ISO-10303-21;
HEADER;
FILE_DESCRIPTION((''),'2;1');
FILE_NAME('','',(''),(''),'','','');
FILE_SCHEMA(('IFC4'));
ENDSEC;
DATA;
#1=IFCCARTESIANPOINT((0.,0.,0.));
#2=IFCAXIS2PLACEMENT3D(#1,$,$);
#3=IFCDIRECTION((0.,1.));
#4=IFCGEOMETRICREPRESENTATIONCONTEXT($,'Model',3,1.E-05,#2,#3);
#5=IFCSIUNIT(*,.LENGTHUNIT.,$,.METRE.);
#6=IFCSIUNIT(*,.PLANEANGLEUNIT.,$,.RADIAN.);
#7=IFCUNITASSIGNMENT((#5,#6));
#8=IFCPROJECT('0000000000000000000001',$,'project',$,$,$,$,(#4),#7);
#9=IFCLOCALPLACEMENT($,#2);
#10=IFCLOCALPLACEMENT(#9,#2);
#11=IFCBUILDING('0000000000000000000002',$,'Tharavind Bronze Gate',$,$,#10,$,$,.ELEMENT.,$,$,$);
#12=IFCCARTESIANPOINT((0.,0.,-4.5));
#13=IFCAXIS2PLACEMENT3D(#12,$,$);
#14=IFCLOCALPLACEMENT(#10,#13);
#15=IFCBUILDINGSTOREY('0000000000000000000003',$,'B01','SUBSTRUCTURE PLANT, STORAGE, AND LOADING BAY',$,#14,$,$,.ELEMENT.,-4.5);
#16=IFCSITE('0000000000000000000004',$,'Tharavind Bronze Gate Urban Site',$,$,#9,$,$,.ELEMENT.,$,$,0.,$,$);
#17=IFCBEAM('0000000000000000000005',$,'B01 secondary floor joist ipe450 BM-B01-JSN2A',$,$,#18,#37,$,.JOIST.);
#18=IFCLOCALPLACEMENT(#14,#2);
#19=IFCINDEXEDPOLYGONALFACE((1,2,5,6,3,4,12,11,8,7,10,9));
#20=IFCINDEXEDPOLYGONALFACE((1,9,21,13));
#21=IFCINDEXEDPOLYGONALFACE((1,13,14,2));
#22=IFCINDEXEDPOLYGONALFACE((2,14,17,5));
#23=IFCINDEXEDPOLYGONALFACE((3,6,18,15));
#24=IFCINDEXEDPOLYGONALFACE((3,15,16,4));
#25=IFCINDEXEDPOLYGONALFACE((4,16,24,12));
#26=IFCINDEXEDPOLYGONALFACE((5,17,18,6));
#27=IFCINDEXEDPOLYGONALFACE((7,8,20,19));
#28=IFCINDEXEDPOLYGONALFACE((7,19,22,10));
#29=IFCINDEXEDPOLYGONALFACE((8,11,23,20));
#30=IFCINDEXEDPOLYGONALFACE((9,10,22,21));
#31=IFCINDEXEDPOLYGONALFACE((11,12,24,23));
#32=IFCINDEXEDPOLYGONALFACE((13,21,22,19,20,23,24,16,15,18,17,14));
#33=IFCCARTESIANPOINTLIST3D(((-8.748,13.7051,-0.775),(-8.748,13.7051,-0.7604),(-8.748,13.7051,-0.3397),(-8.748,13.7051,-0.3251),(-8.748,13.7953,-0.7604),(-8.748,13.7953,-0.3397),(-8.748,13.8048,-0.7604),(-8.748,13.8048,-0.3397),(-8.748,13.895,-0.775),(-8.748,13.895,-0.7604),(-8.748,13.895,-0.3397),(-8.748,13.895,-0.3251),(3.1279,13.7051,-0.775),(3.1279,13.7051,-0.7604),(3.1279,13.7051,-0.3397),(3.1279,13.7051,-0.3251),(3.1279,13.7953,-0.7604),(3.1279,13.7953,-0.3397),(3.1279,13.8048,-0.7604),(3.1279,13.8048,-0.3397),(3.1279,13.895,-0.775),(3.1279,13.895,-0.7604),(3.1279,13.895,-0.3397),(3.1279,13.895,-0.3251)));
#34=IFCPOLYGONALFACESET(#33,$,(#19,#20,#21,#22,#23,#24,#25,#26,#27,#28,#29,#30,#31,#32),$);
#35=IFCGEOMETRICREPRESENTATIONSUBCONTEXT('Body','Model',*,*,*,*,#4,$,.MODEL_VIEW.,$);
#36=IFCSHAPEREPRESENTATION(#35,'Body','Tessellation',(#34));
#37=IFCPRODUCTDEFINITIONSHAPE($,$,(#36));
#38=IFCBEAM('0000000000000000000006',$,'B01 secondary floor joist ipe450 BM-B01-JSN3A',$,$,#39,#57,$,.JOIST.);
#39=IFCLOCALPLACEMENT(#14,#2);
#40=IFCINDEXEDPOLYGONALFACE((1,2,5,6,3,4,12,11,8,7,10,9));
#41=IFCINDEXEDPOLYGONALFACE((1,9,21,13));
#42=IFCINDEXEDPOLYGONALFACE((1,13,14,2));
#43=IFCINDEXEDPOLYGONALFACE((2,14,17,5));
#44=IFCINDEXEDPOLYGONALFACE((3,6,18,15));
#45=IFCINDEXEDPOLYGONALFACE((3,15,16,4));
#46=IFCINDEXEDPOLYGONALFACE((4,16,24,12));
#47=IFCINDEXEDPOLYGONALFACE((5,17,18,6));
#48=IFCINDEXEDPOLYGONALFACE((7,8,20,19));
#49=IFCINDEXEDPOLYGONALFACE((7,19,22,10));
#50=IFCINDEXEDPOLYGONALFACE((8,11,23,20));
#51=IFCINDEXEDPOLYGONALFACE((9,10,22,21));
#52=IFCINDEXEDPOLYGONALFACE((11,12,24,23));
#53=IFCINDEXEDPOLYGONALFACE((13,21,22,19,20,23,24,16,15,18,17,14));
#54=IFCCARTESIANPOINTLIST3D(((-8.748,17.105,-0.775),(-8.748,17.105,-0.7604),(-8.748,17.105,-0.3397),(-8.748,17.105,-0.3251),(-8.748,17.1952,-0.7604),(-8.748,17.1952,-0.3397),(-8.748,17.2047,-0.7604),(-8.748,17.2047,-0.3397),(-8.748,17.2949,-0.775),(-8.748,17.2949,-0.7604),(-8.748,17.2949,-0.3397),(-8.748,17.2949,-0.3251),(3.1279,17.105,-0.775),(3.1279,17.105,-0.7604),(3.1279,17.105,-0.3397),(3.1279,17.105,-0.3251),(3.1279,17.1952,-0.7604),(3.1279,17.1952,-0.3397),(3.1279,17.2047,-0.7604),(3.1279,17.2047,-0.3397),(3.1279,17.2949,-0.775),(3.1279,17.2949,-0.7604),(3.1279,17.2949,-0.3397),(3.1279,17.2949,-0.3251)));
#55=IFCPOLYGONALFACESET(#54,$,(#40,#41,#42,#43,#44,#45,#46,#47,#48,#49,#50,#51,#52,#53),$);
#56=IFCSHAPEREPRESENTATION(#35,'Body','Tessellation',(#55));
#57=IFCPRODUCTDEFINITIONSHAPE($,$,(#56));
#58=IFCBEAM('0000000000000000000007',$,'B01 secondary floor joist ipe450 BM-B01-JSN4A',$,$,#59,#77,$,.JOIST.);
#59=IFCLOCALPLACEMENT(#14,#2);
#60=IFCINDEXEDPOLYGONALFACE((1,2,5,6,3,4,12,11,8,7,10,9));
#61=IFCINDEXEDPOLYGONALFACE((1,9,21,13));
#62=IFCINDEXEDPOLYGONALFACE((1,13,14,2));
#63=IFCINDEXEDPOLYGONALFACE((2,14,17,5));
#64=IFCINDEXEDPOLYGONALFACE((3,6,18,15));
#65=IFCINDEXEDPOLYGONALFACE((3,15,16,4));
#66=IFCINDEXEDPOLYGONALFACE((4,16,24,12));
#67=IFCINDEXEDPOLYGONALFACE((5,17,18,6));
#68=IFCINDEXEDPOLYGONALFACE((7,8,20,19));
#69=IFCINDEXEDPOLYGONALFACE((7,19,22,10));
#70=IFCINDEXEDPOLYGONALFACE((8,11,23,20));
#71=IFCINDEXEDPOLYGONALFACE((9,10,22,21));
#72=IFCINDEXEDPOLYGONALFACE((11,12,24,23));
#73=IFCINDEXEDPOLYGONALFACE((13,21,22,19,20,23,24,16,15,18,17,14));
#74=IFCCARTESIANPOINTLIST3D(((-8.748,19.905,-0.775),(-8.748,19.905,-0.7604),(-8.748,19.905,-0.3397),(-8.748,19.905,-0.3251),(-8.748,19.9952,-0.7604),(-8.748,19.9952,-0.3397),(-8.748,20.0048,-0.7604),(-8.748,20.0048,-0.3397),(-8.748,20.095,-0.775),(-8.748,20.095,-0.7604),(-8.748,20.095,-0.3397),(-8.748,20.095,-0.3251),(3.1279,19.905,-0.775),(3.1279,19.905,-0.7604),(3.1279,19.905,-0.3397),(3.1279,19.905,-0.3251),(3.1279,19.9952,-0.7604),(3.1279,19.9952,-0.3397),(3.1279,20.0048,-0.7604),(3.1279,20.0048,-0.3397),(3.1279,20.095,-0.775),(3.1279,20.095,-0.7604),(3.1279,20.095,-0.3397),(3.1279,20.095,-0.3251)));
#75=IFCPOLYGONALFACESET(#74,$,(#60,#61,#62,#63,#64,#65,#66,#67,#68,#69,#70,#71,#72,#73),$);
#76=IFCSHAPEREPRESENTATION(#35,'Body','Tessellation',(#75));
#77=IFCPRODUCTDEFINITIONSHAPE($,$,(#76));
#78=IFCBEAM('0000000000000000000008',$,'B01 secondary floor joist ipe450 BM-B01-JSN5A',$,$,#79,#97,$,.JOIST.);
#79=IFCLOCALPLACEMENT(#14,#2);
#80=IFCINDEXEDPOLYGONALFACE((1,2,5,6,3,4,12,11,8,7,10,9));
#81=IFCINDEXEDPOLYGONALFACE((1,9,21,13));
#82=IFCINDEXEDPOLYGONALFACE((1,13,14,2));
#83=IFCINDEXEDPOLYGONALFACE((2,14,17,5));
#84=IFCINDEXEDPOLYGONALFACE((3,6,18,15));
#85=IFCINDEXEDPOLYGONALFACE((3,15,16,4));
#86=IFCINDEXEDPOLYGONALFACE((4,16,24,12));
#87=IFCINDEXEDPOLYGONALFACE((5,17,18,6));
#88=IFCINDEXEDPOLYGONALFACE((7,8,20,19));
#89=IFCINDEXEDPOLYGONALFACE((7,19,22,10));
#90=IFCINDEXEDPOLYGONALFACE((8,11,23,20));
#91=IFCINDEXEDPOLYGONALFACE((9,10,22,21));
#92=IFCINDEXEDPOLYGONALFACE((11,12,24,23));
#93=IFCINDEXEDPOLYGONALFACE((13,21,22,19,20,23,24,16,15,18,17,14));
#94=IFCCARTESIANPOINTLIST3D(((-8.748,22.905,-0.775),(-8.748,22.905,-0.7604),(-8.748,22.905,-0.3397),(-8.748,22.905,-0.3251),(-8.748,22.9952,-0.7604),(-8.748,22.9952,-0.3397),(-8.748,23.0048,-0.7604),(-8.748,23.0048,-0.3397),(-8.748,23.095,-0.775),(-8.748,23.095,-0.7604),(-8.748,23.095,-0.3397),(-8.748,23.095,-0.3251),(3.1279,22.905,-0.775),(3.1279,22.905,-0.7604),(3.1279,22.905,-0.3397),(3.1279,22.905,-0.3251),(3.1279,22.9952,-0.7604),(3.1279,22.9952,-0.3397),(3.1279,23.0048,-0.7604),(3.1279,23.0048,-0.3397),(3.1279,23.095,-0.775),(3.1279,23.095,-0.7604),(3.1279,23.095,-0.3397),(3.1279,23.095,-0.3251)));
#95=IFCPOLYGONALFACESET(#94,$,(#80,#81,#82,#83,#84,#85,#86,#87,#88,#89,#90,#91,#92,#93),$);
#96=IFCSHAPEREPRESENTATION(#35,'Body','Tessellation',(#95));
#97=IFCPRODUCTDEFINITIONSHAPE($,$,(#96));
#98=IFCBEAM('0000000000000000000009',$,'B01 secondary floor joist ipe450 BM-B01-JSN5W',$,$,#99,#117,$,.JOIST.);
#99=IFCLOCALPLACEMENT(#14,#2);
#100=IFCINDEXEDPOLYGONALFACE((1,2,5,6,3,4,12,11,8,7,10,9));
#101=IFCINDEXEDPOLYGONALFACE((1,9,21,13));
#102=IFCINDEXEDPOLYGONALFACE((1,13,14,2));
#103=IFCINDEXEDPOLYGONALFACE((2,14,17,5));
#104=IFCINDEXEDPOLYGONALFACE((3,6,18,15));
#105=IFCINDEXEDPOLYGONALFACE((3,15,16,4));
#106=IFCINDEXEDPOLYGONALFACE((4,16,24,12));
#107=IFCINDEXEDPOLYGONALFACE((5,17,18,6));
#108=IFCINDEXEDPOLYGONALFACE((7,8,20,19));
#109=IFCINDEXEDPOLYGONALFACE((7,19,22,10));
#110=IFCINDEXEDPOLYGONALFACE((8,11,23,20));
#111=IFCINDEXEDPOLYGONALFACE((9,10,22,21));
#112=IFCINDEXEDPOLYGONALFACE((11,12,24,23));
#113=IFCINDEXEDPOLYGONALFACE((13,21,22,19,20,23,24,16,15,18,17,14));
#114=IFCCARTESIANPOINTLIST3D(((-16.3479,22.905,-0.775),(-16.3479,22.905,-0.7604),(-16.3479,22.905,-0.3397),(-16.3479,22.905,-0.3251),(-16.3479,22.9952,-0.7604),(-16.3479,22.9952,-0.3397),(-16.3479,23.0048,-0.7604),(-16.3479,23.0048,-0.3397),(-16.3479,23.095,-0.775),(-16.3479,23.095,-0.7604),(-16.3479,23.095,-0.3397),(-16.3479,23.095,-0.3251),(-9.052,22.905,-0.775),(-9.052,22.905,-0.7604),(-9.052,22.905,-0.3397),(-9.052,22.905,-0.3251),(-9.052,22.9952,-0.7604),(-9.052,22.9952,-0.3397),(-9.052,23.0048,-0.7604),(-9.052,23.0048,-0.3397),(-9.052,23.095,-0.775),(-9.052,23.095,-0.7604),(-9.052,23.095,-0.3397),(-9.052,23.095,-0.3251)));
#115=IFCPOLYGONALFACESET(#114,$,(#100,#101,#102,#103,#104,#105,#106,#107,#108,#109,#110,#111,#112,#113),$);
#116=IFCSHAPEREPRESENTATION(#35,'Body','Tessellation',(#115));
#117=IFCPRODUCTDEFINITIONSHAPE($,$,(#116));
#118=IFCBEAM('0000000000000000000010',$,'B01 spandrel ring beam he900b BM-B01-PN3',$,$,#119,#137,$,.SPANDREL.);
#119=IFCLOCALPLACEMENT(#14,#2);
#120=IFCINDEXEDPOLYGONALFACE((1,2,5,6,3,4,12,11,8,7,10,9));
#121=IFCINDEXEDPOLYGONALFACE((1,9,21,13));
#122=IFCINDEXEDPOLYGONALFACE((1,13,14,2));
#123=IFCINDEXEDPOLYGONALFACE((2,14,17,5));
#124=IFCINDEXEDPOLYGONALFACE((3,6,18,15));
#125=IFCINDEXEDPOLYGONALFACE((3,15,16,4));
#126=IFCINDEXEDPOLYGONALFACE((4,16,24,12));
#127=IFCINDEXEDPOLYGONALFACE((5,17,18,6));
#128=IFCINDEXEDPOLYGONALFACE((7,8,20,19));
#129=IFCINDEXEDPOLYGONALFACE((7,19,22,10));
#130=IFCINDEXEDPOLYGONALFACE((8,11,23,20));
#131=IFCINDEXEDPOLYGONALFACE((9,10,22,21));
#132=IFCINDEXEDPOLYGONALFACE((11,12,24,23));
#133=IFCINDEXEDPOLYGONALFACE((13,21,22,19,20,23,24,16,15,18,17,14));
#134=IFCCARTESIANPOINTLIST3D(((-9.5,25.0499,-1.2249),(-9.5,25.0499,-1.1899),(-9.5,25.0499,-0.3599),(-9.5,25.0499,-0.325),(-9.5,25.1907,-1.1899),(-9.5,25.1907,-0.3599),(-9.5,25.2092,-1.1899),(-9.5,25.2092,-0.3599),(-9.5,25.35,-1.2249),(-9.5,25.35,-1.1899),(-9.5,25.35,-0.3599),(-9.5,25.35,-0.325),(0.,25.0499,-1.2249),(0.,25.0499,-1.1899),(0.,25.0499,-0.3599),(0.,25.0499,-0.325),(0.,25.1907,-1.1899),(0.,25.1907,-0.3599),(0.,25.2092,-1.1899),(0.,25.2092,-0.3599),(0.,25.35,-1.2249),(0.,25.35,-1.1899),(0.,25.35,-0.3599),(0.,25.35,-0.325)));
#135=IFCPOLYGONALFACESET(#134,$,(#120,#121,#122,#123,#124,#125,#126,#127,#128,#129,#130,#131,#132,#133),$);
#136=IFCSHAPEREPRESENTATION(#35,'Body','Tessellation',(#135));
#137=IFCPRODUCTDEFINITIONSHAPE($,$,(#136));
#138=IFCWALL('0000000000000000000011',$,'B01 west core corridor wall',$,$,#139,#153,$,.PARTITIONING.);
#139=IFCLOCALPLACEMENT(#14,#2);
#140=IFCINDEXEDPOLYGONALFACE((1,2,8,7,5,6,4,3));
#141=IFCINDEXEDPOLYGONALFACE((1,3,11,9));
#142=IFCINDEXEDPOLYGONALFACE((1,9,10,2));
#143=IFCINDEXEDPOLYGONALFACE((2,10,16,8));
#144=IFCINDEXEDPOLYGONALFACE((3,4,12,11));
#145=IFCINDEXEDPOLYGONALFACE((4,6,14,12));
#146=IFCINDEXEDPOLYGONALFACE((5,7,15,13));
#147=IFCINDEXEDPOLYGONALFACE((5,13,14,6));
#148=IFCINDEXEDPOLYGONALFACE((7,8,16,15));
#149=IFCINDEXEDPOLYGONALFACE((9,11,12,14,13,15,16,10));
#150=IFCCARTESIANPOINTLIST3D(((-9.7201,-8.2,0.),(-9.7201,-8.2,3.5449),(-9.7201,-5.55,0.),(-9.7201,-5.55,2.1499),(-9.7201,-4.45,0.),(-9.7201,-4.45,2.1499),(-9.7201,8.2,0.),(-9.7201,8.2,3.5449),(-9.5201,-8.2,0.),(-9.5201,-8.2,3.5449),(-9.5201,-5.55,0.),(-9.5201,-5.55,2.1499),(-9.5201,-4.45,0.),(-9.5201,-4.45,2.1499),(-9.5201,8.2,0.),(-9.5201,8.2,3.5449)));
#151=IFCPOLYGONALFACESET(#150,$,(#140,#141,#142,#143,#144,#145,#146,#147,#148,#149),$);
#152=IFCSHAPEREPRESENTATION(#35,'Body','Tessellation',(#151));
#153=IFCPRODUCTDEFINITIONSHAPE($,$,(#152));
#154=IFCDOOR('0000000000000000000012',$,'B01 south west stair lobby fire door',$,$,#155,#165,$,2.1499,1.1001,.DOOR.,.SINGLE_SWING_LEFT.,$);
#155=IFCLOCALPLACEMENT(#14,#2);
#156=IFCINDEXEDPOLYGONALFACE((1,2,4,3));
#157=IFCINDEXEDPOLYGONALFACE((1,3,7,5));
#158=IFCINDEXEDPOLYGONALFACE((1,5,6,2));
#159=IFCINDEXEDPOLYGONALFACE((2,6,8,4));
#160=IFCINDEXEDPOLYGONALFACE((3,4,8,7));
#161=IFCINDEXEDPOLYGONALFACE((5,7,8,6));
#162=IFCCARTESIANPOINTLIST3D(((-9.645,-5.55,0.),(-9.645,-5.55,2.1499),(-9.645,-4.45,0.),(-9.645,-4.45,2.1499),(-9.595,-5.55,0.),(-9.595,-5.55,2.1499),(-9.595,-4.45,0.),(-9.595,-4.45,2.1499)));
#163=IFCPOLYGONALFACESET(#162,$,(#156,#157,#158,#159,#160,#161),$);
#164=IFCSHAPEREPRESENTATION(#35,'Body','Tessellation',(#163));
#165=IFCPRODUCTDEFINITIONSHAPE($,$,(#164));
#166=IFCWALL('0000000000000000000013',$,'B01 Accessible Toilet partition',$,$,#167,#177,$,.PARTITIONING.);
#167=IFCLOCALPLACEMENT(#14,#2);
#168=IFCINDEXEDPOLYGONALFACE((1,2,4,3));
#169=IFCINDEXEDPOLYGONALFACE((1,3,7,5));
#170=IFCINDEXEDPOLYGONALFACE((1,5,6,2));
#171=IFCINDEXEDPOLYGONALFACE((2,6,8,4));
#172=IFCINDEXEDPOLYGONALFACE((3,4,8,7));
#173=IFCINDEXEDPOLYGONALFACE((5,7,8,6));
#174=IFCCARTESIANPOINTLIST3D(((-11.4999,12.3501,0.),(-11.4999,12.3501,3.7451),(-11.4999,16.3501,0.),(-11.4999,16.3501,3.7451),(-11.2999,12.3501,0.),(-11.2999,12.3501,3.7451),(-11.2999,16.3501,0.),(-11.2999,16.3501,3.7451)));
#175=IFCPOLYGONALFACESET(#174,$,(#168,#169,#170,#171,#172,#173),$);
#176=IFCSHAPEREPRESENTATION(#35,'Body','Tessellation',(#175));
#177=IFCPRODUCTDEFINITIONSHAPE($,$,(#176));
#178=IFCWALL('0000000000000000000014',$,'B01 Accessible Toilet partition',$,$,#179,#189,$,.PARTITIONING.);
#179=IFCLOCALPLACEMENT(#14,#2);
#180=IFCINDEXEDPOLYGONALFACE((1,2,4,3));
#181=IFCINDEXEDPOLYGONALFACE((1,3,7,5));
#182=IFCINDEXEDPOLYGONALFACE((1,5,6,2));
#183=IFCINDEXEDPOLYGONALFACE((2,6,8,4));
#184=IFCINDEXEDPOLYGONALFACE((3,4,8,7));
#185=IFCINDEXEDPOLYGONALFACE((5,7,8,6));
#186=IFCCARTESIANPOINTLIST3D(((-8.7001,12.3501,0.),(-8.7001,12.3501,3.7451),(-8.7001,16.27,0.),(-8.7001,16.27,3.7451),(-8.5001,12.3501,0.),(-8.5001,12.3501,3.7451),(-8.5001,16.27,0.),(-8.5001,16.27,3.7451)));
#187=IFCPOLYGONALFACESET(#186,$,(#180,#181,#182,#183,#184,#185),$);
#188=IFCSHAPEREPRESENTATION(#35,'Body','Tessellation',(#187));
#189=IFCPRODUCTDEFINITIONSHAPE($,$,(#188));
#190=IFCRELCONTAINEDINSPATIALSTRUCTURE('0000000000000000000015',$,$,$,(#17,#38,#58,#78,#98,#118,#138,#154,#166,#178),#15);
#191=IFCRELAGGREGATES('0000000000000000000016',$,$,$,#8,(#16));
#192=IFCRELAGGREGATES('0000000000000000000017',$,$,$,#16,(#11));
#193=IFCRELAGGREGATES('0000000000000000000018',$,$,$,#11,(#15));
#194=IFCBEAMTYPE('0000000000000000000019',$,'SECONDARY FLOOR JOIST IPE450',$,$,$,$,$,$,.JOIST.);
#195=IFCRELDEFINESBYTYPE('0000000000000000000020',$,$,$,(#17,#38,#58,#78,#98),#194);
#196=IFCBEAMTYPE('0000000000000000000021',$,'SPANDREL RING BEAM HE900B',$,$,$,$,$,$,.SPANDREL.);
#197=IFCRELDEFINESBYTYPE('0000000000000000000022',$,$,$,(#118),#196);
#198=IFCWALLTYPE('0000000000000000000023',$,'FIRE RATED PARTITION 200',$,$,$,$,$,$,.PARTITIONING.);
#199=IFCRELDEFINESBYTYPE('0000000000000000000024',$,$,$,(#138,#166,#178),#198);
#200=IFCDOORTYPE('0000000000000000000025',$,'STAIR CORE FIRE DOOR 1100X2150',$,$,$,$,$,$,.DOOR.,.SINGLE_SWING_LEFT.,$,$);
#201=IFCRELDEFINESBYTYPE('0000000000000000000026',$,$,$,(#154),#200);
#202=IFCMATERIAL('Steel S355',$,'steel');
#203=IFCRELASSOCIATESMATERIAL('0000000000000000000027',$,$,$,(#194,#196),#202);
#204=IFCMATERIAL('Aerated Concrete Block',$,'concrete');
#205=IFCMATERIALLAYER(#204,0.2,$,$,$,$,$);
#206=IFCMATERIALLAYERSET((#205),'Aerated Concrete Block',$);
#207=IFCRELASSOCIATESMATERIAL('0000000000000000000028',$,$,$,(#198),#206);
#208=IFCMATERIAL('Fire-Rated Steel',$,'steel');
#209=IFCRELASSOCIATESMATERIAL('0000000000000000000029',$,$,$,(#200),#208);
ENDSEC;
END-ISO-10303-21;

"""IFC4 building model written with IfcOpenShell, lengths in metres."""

from ifc_helpers import new_model, si_unit, direction, frame, frame_2d, origin, origin_2d, place, context, subcontext, project, spatial, rectangle, i_section, extrude, material, layer, layer_set, material_profile, profile_set, type_object, element, fill, save


model = new_model("IFC4")

# Units and contexts
model_context = context("Model", 3, precision=1e-05, world=origin(), true_north=direction((0.0, 1.0)))
body_context = subcontext(model_context, "Body", "Model", "MODEL_VIEW")
ifc_project = project(units=[si_unit("LENGTHUNIT", "METRE"), si_unit("PLANEANGLEUNIT", "RADIAN")], contexts=[model_context])

# Site, building, storey
site_placement = place(None, origin())
site = spatial("IfcSite", under=ifc_project, at=site_placement, Name="Tharavind Bronze Gate Urban Site", CompositionType="ELEMENT", RefElevation=0.0)
building_placement = place(site_placement, origin())
building = spatial("IfcBuilding", under=site, at=building_placement, Name="Tharavind Bronze Gate", CompositionType="ELEMENT")
storey_placement = place(building_placement, frame((0.0, 0.0, -4.5)))
storey = spatial("IfcBuildingStorey", under=building, at=storey_placement, Name="B01", Description="SUBSTRUCTURE PLANT, STORAGE, AND LOADING BAY", CompositionType="ELEMENT", Elevation=-4.5)

# Beams
ifc_material_1 = material(Name="Steel S355", Category="steel")
ifc_material_profile_1 = material_profile(ifc_material_1, i_section(OverallWidth=0.1899, OverallDepth=0.45, WebThickness=0.0095, FlangeThickness=0.0146, at=origin_2d()), Name="IPE450")
ifc_profile_set_1 = profile_set([ifc_material_profile_1], Name="Steel S355")
beam_type_1 = type_object("IfcBeamType", Name="SECONDARY FLOOR JOIST IPE450", PredefinedType="JOIST", material=ifc_profile_set_1)
for number, where, z_axis, x_axis, name in (
    (1, (-8.748, 13.8, -0.55), (1.0, 0.0, 0.0), (0.0, 1.0, 0.0), "B01 secondary floor joist ipe450 BM-B01-JSN2A"),
    (2, (-8.748, 17.2, -0.55), (1.0, 0.0, 0.0), (0.0, 1.0, 0.0), "B01 secondary floor joist ipe450 BM-B01-JSN3A"),
    (3, (-8.748, 20.0, -0.55), (1.0, 0.0, 0.0), (0.0, 1.0, 0.0), "B01 secondary floor joist ipe450 BM-B01-JSN4A"),
    (4, (-8.748, 23.0, -0.55), (1.0, 0.0, 0.0), (0.0, 1.0, 0.0), "B01 secondary floor joist ipe450 BM-B01-JSN5A"),
):
    element("IfcBeam", number, at=place(storey_placement, frame(where, z_axis=z_axis, x_axis=x_axis)), inside=storey, type_object=beam_type_1, Name=name, PredefinedType="JOIST", context=body_context, shape_type="SweptSolid", body=[
        extrude(i_section(OverallWidth=0.1899, OverallDepth=0.45, WebThickness=0.0095, FlangeThickness=0.0146, at=origin_2d()), origin(), (0.0, 0.0, 1.0), 11.876),
    ])
beam_1_placement = place(storey_placement, frame((-16.3479, 23.0, -0.55), z_axis=(1.0, 0.0, 0.0), x_axis=(0.0, 1.0, 0.0)))
element("IfcBeam", 5, at=beam_1_placement, inside=storey, type_object=beam_type_1, Name="B01 secondary floor joist ipe450 BM-B01-JSN5W", PredefinedType="JOIST", context=body_context, shape_type="SweptSolid", body=[
    extrude(i_section(OverallWidth=0.1899, OverallDepth=0.45, WebThickness=0.0095, FlangeThickness=0.0146, at=origin_2d()), origin(), (0.0, 0.0, 1.0), 7.2959),
])
ifc_material_profile_2 = material_profile(ifc_material_1, i_section(OverallWidth=0.3, OverallDepth=0.8999, WebThickness=0.0186, FlangeThickness=0.0349, at=origin_2d()), Name="HE900B")
ifc_profile_set_2 = profile_set([ifc_material_profile_2], Name="Steel S355")
beam_type_2 = type_object("IfcBeamType", Name="SPANDREL RING BEAM HE900B", PredefinedType="SPANDREL", material=ifc_profile_set_2)
beam_2_placement = place(storey_placement, frame((-9.5, 25.2, -0.7749), z_axis=(1.0, 0.0, 0.0), x_axis=(0.0, 1.0, 0.0)))
element("IfcBeam", 6, at=beam_2_placement, inside=storey, type_object=beam_type_2, Name="B01 spandrel ring beam he900b BM-B01-PN3", PredefinedType="SPANDREL", context=body_context, shape_type="SweptSolid", body=[
    extrude(i_section(OverallWidth=0.3, OverallDepth=0.8999, WebThickness=0.0186, FlangeThickness=0.0349, at=origin_2d()), origin(), (0.0, 0.0, 1.0), 9.5),
])

# Wall, opening, door
ifc_material_2 = material(Name="Aerated Concrete Block", Category="concrete")
ifc_layer_1 = layer(ifc_material_2, 0.2)
ifc_layer_set_1 = layer_set([ifc_layer_1], Name="Aerated Concrete Block")
wall_type_1 = type_object("IfcWallType", Name="FIRE RATED PARTITION 200", PredefinedType="PARTITIONING", material=ifc_layer_set_1)
wall_1_placement = place(storey_placement, frame((-9.6201, 8.2, 0.0), z_axis=(0.0, 0.0, 1.0), x_axis=(0.0, -1.0, 0.0)))
wall_1 = element("IfcWall", 7, at=wall_1_placement, inside=storey, type_object=wall_type_1, Name="B01 west core corridor wall", PredefinedType="PARTITIONING", context=body_context, shape_type="SweptSolid", body=[
    extrude(rectangle(XDim=16.3999, YDim=0.2, at=frame_2d((8.2, 0.0))), origin(), (0.0, 0.0, 1.0), 3.5449),
])
opening_1_placement = place(wall_1_placement, frame((12.6499, 0.0, 0.0)))
opening_1 = element("IfcOpeningElement", 8, at=opening_1_placement, cuts=wall_1, PredefinedType="OPENING", context=body_context, shape_type="SweptSolid", body=[
    extrude(rectangle(XDim=1.1001, YDim=2.1499, at=frame_2d((0.55, 1.075))), frame((0.0, 0.1101, 0.0), z_axis=(0.0, -1.0, 0.0), x_axis=(1.0, 0.0, 0.0)), (0.0, 0.0, 1.0), 0.22),
])
ifc_material_3 = material(Name="Fire-Rated Steel", Category="steel")
door_type_1 = type_object("IfcDoorType", Name="STAIR CORE FIRE DOOR 1100X2150", OperationType="SINGLE_SWING_LEFT", PredefinedType="DOOR", material=ifc_material_3)
door_1_placement = place(opening_1_placement, frame((1.1001, 0.0, 0.0), z_axis=(0.0, 0.0, 1.0), x_axis=(-1.0, 0.0, 0.0)))
door_1 = element("IfcDoor", 9, at=door_1_placement, inside=storey, type_object=door_type_1, Name="B01 south west stair lobby fire door", OperationType="SINGLE_SWING_LEFT", OverallHeight=2.1499, OverallWidth=1.1001, PredefinedType="DOOR", context=body_context, shape_type="SweptSolid", body=[
    extrude(rectangle(XDim=1.1001, YDim=2.1499, at=frame_2d((0.55, 1.075))), frame((0.0, 0.0249, 0.0), z_axis=(0.0, -1.0, 0.0), x_axis=(1.0, 0.0, 0.0)), (0.0, 0.0, 1.0), 0.05),
])
fill(opening_1, door_1)

# Walls
wall_2_placement = place(storey_placement, frame((-11.3999, 12.3501, 0.0), z_axis=(0.0, 0.0, 1.0), x_axis=(0.0, 1.0, 0.0)))
element("IfcWall", 10, at=wall_2_placement, inside=storey, type_object=wall_type_1, Name="B01 Accessible Toilet partition", PredefinedType="PARTITIONING", context=body_context, shape_type="SweptSolid", body=[
    extrude(rectangle(XDim=4.0, YDim=0.2, at=frame_2d((2.0, 0.0))), origin(), (0.0, 0.0, 1.0), 3.7451),
])
wall_3_placement = place(storey_placement, frame((-8.6001, 16.27, 0.0), z_axis=(0.0, 0.0, 1.0), x_axis=(0.0, -1.0, 0.0)))
element("IfcWall", 11, at=wall_3_placement, inside=storey, type_object=wall_type_1, Name="B01 Accessible Toilet partition", PredefinedType="PARTITIONING", context=body_context, shape_type="SweptSolid", body=[
    extrude(rectangle(XDim=3.9199, YDim=0.2, at=frame_2d((1.96, 0.0))), origin(), (0.0, 0.0, 1.0), 3.7451),
])

save(model, "model.ifc")
